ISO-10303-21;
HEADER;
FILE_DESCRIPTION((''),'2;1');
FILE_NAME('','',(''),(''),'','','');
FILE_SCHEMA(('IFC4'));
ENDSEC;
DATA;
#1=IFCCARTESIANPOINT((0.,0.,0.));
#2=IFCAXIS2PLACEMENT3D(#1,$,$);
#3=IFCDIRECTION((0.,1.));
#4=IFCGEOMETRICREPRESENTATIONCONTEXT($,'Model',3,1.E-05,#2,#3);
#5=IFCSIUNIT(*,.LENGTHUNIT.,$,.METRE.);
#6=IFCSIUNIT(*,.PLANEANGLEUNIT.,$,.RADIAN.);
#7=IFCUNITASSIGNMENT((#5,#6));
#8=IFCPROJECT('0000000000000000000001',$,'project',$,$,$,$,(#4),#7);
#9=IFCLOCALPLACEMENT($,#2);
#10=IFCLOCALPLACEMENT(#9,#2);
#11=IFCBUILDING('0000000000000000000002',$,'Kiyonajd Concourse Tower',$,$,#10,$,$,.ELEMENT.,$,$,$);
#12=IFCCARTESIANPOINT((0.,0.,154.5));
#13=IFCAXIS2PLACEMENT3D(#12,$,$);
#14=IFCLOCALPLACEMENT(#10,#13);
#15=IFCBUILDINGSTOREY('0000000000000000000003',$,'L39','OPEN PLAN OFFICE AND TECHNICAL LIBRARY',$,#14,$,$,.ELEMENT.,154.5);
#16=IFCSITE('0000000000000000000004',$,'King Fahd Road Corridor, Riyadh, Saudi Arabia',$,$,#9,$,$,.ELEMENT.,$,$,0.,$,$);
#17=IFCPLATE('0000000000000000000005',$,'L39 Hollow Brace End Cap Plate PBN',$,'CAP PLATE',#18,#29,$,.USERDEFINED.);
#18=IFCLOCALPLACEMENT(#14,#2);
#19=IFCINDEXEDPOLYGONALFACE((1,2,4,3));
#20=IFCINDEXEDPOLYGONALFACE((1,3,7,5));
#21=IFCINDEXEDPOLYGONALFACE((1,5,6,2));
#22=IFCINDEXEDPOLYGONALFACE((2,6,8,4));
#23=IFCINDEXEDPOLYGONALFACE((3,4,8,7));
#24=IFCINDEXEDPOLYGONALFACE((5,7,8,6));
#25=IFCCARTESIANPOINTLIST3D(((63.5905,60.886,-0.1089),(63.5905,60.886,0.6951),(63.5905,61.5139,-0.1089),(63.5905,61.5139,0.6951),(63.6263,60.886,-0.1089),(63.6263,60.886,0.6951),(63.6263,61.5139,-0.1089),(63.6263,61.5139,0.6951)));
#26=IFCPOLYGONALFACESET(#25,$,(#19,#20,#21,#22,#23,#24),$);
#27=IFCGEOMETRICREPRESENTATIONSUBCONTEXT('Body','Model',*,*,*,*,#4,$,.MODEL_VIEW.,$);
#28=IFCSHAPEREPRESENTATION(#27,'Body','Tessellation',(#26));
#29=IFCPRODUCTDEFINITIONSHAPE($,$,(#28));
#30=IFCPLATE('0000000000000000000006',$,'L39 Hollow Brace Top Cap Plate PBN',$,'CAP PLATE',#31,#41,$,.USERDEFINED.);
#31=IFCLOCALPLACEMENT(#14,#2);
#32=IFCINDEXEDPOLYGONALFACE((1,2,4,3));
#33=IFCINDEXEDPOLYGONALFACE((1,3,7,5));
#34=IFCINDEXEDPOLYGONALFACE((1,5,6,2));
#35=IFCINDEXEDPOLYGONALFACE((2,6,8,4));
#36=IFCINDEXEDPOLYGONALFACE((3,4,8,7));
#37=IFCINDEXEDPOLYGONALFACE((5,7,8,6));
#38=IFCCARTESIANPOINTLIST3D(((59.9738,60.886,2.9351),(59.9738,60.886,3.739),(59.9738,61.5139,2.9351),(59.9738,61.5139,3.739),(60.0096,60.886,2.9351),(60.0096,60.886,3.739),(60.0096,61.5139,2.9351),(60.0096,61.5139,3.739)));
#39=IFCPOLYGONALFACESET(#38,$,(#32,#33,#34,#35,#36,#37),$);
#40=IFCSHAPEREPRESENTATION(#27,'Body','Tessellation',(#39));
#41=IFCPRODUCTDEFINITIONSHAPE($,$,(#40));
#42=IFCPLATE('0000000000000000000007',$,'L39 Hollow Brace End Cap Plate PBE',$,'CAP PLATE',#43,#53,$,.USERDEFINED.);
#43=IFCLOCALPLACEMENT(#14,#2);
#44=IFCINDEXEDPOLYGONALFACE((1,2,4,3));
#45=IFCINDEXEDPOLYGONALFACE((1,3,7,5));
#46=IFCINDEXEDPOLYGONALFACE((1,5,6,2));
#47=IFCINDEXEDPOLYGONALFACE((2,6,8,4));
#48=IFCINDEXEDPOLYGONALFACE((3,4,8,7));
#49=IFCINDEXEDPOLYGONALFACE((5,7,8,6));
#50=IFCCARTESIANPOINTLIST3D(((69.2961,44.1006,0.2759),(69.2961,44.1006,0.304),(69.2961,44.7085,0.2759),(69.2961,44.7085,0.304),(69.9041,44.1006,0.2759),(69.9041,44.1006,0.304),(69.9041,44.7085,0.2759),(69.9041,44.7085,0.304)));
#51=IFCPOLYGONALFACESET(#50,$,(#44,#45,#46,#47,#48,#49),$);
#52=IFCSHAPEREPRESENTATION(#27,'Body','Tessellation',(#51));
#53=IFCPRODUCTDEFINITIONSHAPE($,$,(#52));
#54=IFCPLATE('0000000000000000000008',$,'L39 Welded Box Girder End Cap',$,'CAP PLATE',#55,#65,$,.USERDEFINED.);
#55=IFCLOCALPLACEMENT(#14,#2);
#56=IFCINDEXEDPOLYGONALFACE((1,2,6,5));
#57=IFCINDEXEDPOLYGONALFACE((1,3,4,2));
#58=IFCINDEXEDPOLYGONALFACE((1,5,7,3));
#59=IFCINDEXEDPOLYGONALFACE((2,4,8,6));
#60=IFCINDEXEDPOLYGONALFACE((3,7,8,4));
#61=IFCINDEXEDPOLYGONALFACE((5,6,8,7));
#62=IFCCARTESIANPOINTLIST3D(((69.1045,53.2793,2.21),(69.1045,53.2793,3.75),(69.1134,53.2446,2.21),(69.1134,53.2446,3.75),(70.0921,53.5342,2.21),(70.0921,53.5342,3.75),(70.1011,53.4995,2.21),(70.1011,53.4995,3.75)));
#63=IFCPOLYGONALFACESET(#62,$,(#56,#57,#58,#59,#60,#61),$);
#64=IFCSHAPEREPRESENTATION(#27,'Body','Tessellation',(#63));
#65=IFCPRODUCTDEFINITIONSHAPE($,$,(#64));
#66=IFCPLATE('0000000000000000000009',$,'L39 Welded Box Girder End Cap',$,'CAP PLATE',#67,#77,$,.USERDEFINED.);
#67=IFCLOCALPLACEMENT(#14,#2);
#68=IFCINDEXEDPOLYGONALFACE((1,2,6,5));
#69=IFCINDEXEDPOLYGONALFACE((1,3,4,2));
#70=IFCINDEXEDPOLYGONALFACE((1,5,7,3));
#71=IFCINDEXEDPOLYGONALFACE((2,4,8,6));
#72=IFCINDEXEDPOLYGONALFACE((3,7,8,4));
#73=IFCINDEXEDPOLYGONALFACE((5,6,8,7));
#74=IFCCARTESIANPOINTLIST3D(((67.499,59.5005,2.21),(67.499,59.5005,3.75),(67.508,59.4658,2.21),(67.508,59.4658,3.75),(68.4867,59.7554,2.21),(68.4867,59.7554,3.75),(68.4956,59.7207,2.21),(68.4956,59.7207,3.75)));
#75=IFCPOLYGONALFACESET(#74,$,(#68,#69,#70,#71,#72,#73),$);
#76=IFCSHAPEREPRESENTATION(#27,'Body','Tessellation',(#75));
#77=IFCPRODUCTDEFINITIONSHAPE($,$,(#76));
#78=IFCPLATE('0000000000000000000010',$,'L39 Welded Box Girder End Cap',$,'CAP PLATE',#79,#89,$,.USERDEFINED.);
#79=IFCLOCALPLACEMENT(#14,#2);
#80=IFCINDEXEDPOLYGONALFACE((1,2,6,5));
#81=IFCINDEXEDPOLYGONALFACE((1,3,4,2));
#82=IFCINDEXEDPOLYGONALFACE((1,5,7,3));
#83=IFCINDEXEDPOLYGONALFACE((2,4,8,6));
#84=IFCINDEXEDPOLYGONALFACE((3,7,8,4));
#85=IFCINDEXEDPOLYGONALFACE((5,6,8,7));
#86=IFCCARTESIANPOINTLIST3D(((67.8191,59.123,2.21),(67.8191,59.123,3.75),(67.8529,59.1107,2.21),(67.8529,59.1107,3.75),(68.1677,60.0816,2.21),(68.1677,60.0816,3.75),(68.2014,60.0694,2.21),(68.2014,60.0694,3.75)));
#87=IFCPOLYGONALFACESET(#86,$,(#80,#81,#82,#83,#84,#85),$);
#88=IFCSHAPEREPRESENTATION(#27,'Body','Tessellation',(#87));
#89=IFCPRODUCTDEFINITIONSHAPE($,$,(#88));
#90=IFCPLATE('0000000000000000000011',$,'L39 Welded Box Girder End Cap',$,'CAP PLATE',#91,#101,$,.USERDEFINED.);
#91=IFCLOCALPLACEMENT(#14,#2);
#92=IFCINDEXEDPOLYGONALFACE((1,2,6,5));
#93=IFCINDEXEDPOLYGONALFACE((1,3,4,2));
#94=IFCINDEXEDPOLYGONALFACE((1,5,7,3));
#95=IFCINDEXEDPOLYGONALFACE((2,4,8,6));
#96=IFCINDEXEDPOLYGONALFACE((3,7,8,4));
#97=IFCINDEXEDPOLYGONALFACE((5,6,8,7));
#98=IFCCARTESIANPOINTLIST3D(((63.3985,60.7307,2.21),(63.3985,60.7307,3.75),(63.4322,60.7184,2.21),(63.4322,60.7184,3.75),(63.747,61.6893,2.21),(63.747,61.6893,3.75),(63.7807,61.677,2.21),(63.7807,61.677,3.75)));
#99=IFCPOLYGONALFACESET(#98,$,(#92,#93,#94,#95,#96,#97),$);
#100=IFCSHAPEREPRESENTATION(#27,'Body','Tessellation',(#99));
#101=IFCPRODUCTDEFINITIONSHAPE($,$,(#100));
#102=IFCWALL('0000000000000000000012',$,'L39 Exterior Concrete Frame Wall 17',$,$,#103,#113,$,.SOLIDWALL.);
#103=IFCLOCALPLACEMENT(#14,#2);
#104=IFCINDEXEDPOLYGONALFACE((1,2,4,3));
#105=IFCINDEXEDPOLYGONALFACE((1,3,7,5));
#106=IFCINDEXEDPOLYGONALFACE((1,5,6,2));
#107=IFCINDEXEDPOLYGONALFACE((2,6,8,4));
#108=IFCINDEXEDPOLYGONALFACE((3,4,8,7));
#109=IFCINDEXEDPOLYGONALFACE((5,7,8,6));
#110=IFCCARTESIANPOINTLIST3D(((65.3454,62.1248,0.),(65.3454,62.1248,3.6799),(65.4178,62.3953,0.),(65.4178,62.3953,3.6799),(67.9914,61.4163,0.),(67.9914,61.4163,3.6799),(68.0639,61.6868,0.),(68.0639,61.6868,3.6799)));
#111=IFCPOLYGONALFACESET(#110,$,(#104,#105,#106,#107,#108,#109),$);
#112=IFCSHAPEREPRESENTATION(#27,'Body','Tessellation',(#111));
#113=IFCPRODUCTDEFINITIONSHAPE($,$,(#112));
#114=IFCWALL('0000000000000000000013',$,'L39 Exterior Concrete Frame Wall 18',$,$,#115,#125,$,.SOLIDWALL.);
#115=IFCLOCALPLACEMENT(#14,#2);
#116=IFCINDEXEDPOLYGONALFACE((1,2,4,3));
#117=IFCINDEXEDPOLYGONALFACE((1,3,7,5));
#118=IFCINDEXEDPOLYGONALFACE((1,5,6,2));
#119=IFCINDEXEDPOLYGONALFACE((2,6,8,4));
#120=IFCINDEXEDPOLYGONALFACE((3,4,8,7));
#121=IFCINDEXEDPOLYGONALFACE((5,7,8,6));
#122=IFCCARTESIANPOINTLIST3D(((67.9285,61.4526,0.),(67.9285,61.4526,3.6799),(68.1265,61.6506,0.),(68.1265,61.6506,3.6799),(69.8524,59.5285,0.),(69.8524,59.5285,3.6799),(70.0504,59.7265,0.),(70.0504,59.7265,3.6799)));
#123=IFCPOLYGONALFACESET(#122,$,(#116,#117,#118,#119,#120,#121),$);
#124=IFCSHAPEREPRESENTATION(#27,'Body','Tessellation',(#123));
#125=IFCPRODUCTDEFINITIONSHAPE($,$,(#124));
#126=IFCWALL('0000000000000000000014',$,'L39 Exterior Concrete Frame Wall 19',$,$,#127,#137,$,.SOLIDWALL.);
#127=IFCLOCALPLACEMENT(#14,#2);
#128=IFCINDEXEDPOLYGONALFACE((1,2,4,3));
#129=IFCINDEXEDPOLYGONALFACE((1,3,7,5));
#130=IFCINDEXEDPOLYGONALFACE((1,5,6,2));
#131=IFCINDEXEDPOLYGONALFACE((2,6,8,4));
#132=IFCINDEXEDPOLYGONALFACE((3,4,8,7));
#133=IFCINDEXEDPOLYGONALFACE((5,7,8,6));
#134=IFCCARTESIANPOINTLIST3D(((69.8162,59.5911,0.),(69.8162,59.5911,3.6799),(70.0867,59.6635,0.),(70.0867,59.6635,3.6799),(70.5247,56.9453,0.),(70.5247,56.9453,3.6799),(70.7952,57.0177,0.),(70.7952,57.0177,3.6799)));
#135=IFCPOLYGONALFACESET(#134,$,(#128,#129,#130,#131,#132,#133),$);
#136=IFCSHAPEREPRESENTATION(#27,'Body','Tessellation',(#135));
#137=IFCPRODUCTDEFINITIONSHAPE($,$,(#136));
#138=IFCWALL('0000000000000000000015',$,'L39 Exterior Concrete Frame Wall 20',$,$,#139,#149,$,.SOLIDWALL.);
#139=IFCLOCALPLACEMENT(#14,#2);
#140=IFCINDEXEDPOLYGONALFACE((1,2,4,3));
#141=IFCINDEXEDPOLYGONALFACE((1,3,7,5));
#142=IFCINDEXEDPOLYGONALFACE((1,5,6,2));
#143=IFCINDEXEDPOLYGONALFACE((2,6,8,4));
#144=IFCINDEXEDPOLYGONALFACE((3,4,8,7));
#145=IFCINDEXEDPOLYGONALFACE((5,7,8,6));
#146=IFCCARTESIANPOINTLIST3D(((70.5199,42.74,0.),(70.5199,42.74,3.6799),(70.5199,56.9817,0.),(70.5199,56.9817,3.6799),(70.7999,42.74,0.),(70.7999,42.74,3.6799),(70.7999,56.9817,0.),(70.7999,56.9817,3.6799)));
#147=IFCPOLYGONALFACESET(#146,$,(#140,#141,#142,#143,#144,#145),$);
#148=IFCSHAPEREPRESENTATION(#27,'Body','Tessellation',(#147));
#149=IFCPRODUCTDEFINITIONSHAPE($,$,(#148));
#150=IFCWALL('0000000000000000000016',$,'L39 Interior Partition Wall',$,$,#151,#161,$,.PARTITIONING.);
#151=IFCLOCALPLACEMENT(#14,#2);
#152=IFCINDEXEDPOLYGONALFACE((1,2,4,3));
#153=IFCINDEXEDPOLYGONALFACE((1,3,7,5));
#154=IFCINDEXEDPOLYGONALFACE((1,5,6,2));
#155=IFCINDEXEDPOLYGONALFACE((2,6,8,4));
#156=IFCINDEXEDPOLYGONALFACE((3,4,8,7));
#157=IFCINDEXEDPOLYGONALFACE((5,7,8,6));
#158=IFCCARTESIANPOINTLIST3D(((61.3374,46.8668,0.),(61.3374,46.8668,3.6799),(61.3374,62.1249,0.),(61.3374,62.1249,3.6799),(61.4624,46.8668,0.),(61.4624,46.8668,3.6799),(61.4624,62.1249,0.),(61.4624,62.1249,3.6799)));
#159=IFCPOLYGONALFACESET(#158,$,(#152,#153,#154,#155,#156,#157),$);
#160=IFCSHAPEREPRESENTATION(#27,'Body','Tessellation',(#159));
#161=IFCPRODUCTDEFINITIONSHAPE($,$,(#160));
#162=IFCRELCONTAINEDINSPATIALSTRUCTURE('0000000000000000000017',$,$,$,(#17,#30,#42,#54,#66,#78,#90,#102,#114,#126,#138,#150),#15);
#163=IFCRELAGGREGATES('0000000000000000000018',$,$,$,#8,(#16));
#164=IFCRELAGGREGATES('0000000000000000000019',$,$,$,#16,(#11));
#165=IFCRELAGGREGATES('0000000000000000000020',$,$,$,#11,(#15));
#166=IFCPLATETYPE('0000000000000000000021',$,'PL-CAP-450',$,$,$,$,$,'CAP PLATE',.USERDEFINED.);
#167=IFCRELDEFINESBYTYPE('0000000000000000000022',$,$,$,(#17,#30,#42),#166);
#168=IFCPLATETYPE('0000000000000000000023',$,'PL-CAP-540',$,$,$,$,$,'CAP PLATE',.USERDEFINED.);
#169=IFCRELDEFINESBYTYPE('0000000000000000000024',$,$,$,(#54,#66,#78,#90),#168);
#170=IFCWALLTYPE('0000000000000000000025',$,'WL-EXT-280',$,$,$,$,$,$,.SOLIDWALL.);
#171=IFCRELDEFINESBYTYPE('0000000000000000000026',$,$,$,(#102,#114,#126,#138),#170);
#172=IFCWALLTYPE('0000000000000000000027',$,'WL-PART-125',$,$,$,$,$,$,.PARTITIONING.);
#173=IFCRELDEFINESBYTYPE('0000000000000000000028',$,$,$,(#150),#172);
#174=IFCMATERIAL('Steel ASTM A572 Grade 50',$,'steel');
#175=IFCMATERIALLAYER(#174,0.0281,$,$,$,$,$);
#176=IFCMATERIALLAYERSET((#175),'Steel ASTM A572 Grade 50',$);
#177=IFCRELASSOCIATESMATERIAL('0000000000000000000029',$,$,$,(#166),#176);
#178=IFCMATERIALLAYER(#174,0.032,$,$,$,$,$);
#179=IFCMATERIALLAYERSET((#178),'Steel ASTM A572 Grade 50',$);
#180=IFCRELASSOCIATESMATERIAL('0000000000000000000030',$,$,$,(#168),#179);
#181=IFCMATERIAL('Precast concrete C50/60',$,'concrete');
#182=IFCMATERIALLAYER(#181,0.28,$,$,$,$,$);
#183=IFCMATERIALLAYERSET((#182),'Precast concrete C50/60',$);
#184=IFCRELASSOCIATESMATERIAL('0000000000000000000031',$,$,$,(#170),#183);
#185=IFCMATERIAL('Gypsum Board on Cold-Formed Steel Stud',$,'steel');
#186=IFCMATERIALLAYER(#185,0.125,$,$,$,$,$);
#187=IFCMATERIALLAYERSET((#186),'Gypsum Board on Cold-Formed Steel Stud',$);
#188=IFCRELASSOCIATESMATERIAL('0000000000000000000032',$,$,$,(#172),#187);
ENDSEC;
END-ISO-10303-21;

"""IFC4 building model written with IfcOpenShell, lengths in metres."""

from ifc_helpers import new_model, si_unit, direction, frame, frame_2d, origin, origin_2d, place, context, subcontext, project, spatial, rectangle, extrude, material, layer, layer_set, type_object, element, save


model = new_model("IFC4")

# Units and contexts
model_context = context("Model", 3, precision=1e-05, world=origin(), true_north=direction((0.0, 1.0)))
body_context = subcontext(model_context, "Body", "Model", "MODEL_VIEW")
ifc_project = project(units=[si_unit("LENGTHUNIT", "METRE"), si_unit("PLANEANGLEUNIT", "RADIAN")], contexts=[model_context])

# Site, building, storey
site_placement = place(None, origin())
site = spatial("IfcSite", under=ifc_project, at=site_placement, Name="King Fahd Road Corridor, Riyadh, Saudi Arabia", CompositionType="ELEMENT", RefElevation=0.0)
building_placement = place(site_placement, origin())
building = spatial("IfcBuilding", under=site, at=building_placement, Name="Kiyonajd Concourse Tower", CompositionType="ELEMENT")
storey_placement = place(building_placement, frame((0.0, 0.0, 154.5)))
storey = spatial("IfcBuildingStorey", under=building, at=storey_placement, Name="L39", Description="OPEN PLAN OFFICE AND TECHNICAL LIBRARY", CompositionType="ELEMENT", Elevation=154.5)

# Shared definitions
ifc_material_1 = material(Name="Steel ASTM A572 Grade 50", Category="steel")

# Plates
ifc_layer_1 = layer(ifc_material_1, 0.0281)
ifc_layer_set_1 = layer_set([ifc_layer_1], Name="Steel ASTM A572 Grade 50")
plate_type_1 = type_object("IfcPlateType", Name="PL-CAP-450", ElementType="CAP PLATE", PredefinedType="USERDEFINED", material=ifc_layer_set_1)
for number, where, z_axis, x_axis, name in (
    (1, (63.6084, 61.2, -0.1089), (0.0, 0.0, 1.0), (1.0, 0.0, 0.0), "L39 Hollow Brace End Cap Plate PBN"),
    (2, (59.9917, 61.2, 2.9351), (0.0, 0.0, 1.0), (-1.0, 0.0, 0.0), "L39 Hollow Brace Top Cap Plate PBN"),
):
    element("IfcPlate", number, at=place(storey_placement, frame(where, z_axis=z_axis, x_axis=x_axis)), inside=storey, type_object=plate_type_1, Name=name, ObjectType="CAP PLATE", PredefinedType="USERDEFINED", context=body_context, shape_type="SweptSolid", body=[
        extrude(rectangle(XDim=0.0359, YDim=0.6279, at=origin_2d()), origin(), (0.0, 0.0, 1.0), 0.804),
    ])
plate_placement = place(storey_placement, frame((69.6001, 44.4045, 0.2759), z_axis=(0.0, 0.0, 1.0), x_axis=(1.0, 0.0, 0.0)))
element("IfcPlate", 3, at=plate_placement, inside=storey, type_object=plate_type_1, Name="L39 Hollow Brace End Cap Plate PBE", ObjectType="CAP PLATE", PredefinedType="USERDEFINED", context=body_context, shape_type="SweptSolid", body=[
    extrude(rectangle(XDim=0.6079, YDim=0.6079, at=origin_2d()), origin(), (0.0, 0.0, 1.0), 0.0281),
])
ifc_layer_2 = layer(ifc_material_1, 0.032)
ifc_layer_set_2 = layer_set([ifc_layer_2], Name="Steel ASTM A572 Grade 50")
plate_type_2 = type_object("IfcPlateType", Name="PL-CAP-540", ElementType="CAP PLATE", PredefinedType="USERDEFINED", material=ifc_layer_set_2)
for number, where, z_axis, x_axis, name in (
    (4, (69.6028, 53.3894, 2.21), (0.0, 0.0, 1.0), (0.249873, -0.968279, 0.0), "L39 Welded Box Girder End Cap"),
    (5, (67.9973, 59.6106, 2.21), (0.0, 0.0, 1.0), (-0.249873, 0.968279, 0.0), "L39 Welded Box Girder End Cap"),
    (6, (68.0103, 59.5962, 2.21), (0.0, 0.0, 1.0), (0.939812, -0.341692, 0.0), "L39 Welded Box Girder End Cap"),
    (7, (63.5896, 61.2039, 2.21), (0.0, 0.0, 1.0), (-0.939812, 0.341692, 0.0), "L39 Welded Box Girder End Cap"),
):
    element("IfcPlate", number, at=place(storey_placement, frame(where, z_axis=z_axis, x_axis=x_axis)), inside=storey, type_object=plate_type_2, Name=name, ObjectType="CAP PLATE", PredefinedType="USERDEFINED", context=body_context, shape_type="SweptSolid", body=[
        extrude(rectangle(XDim=0.0359, YDim=1.02, at=origin_2d()), origin(), (0.0, 0.0, 1.0), 1.54),
    ])

# Walls
ifc_material_2 = material(Name="Precast concrete C50/60", Category="concrete")
ifc_layer_3 = layer(ifc_material_2, 0.28)
ifc_layer_set_3 = layer_set([ifc_layer_3], Name="Precast concrete C50/60")
wall_type_1 = type_object("IfcWallType", Name="WL-EXT-280", PredefinedType="SOLIDWALL", material=ifc_layer_set_3)
wall_1_placement = place(storey_placement, frame((65.3816, 62.26, 0.0), z_axis=(0.0, 0.0, 1.0), x_axis=(0.965971, -0.25865, 0.0)))
element("IfcWall", 8, at=wall_1_placement, inside=storey, type_object=wall_type_1, Name="L39 Exterior Concrete Frame Wall 17", PredefinedType="SOLIDWALL", context=body_context, shape_type="SweptSolid", body=[
    extrude(rectangle(XDim=2.7393, YDim=0.28, at=frame_2d((1.3696, 0.0))), origin(), (0.0, 0.0, 1.0), 3.6799),
])
wall_2_placement = place(storey_placement, frame((68.0276, 61.5515, 0.0), z_axis=(0.0, 0.0, 1.0), x_axis=(0.707062, -0.707152, 0.0)))
element("IfcWall", 9, at=wall_2_placement, inside=storey, type_object=wall_type_1, Name="L39 Exterior Concrete Frame Wall 18", PredefinedType="SOLIDWALL", context=body_context, shape_type="SweptSolid", body=[
    extrude(rectangle(XDim=2.7209, YDim=0.28, at=frame_2d((1.3604, 0.0))), origin(), (0.0, 0.0, 1.0), 3.6799),
])
wall_3_placement = place(storey_placement, frame((69.9514, 59.6274, 0.0), z_axis=(0.0, 0.0, 1.0), x_axis=(0.258672, -0.965965, 0.0)))
element("IfcWall", 10, at=wall_3_placement, inside=storey, type_object=wall_type_1, Name="L39 Exterior Concrete Frame Wall 19", PredefinedType="SOLIDWALL", context=body_context, shape_type="SweptSolid", body=[
    extrude(rectangle(XDim=2.739, YDim=0.28, at=frame_2d((1.3696, 0.0))), origin(), (0.0, 0.0, 1.0), 3.6799),
])
wall_4_placement = place(storey_placement, frame((70.6599, 56.9817, 0.0), z_axis=(0.0, 0.0, 1.0), x_axis=(0.0, -1.0, 0.0)))
element("IfcWall", 11, at=wall_4_placement, inside=storey, type_object=wall_type_1, Name="L39 Exterior Concrete Frame Wall 20", PredefinedType="SOLIDWALL", context=body_context, shape_type="SweptSolid", body=[
    extrude(rectangle(XDim=14.2417, YDim=0.28, at=frame_2d((7.1208, 0.0))), origin(), (0.0, 0.0, 1.0), 3.6799),
])
ifc_material_3 = material(Name="Gypsum Board on Cold-Formed Steel Stud", Category="steel")
ifc_layer_4 = layer(ifc_material_3, 0.125)
ifc_layer_set_4 = layer_set([ifc_layer_4], Name="Gypsum Board on Cold-Formed Steel Stud")
wall_type_2 = type_object("IfcWallType", Name="WL-PART-125", PredefinedType="PARTITIONING", material=ifc_layer_set_4)
wall_5_placement = place(storey_placement, frame((61.3999, 46.8669, 0.0), z_axis=(0.0, 0.0, 1.0), x_axis=(0.0, 1.0, 0.0)))
element("IfcWall", 12, at=wall_5_placement, inside=storey, type_object=wall_type_2, Name="L39 Interior Partition Wall", PredefinedType="PARTITIONING", context=body_context, shape_type="SweptSolid", body=[
    extrude(rectangle(XDim=15.2581, YDim=0.125, at=frame_2d((7.6289, 0.0))), origin(), (0.0, 0.0, 1.0), 3.6799),
])

save(model, "model.ifc")
